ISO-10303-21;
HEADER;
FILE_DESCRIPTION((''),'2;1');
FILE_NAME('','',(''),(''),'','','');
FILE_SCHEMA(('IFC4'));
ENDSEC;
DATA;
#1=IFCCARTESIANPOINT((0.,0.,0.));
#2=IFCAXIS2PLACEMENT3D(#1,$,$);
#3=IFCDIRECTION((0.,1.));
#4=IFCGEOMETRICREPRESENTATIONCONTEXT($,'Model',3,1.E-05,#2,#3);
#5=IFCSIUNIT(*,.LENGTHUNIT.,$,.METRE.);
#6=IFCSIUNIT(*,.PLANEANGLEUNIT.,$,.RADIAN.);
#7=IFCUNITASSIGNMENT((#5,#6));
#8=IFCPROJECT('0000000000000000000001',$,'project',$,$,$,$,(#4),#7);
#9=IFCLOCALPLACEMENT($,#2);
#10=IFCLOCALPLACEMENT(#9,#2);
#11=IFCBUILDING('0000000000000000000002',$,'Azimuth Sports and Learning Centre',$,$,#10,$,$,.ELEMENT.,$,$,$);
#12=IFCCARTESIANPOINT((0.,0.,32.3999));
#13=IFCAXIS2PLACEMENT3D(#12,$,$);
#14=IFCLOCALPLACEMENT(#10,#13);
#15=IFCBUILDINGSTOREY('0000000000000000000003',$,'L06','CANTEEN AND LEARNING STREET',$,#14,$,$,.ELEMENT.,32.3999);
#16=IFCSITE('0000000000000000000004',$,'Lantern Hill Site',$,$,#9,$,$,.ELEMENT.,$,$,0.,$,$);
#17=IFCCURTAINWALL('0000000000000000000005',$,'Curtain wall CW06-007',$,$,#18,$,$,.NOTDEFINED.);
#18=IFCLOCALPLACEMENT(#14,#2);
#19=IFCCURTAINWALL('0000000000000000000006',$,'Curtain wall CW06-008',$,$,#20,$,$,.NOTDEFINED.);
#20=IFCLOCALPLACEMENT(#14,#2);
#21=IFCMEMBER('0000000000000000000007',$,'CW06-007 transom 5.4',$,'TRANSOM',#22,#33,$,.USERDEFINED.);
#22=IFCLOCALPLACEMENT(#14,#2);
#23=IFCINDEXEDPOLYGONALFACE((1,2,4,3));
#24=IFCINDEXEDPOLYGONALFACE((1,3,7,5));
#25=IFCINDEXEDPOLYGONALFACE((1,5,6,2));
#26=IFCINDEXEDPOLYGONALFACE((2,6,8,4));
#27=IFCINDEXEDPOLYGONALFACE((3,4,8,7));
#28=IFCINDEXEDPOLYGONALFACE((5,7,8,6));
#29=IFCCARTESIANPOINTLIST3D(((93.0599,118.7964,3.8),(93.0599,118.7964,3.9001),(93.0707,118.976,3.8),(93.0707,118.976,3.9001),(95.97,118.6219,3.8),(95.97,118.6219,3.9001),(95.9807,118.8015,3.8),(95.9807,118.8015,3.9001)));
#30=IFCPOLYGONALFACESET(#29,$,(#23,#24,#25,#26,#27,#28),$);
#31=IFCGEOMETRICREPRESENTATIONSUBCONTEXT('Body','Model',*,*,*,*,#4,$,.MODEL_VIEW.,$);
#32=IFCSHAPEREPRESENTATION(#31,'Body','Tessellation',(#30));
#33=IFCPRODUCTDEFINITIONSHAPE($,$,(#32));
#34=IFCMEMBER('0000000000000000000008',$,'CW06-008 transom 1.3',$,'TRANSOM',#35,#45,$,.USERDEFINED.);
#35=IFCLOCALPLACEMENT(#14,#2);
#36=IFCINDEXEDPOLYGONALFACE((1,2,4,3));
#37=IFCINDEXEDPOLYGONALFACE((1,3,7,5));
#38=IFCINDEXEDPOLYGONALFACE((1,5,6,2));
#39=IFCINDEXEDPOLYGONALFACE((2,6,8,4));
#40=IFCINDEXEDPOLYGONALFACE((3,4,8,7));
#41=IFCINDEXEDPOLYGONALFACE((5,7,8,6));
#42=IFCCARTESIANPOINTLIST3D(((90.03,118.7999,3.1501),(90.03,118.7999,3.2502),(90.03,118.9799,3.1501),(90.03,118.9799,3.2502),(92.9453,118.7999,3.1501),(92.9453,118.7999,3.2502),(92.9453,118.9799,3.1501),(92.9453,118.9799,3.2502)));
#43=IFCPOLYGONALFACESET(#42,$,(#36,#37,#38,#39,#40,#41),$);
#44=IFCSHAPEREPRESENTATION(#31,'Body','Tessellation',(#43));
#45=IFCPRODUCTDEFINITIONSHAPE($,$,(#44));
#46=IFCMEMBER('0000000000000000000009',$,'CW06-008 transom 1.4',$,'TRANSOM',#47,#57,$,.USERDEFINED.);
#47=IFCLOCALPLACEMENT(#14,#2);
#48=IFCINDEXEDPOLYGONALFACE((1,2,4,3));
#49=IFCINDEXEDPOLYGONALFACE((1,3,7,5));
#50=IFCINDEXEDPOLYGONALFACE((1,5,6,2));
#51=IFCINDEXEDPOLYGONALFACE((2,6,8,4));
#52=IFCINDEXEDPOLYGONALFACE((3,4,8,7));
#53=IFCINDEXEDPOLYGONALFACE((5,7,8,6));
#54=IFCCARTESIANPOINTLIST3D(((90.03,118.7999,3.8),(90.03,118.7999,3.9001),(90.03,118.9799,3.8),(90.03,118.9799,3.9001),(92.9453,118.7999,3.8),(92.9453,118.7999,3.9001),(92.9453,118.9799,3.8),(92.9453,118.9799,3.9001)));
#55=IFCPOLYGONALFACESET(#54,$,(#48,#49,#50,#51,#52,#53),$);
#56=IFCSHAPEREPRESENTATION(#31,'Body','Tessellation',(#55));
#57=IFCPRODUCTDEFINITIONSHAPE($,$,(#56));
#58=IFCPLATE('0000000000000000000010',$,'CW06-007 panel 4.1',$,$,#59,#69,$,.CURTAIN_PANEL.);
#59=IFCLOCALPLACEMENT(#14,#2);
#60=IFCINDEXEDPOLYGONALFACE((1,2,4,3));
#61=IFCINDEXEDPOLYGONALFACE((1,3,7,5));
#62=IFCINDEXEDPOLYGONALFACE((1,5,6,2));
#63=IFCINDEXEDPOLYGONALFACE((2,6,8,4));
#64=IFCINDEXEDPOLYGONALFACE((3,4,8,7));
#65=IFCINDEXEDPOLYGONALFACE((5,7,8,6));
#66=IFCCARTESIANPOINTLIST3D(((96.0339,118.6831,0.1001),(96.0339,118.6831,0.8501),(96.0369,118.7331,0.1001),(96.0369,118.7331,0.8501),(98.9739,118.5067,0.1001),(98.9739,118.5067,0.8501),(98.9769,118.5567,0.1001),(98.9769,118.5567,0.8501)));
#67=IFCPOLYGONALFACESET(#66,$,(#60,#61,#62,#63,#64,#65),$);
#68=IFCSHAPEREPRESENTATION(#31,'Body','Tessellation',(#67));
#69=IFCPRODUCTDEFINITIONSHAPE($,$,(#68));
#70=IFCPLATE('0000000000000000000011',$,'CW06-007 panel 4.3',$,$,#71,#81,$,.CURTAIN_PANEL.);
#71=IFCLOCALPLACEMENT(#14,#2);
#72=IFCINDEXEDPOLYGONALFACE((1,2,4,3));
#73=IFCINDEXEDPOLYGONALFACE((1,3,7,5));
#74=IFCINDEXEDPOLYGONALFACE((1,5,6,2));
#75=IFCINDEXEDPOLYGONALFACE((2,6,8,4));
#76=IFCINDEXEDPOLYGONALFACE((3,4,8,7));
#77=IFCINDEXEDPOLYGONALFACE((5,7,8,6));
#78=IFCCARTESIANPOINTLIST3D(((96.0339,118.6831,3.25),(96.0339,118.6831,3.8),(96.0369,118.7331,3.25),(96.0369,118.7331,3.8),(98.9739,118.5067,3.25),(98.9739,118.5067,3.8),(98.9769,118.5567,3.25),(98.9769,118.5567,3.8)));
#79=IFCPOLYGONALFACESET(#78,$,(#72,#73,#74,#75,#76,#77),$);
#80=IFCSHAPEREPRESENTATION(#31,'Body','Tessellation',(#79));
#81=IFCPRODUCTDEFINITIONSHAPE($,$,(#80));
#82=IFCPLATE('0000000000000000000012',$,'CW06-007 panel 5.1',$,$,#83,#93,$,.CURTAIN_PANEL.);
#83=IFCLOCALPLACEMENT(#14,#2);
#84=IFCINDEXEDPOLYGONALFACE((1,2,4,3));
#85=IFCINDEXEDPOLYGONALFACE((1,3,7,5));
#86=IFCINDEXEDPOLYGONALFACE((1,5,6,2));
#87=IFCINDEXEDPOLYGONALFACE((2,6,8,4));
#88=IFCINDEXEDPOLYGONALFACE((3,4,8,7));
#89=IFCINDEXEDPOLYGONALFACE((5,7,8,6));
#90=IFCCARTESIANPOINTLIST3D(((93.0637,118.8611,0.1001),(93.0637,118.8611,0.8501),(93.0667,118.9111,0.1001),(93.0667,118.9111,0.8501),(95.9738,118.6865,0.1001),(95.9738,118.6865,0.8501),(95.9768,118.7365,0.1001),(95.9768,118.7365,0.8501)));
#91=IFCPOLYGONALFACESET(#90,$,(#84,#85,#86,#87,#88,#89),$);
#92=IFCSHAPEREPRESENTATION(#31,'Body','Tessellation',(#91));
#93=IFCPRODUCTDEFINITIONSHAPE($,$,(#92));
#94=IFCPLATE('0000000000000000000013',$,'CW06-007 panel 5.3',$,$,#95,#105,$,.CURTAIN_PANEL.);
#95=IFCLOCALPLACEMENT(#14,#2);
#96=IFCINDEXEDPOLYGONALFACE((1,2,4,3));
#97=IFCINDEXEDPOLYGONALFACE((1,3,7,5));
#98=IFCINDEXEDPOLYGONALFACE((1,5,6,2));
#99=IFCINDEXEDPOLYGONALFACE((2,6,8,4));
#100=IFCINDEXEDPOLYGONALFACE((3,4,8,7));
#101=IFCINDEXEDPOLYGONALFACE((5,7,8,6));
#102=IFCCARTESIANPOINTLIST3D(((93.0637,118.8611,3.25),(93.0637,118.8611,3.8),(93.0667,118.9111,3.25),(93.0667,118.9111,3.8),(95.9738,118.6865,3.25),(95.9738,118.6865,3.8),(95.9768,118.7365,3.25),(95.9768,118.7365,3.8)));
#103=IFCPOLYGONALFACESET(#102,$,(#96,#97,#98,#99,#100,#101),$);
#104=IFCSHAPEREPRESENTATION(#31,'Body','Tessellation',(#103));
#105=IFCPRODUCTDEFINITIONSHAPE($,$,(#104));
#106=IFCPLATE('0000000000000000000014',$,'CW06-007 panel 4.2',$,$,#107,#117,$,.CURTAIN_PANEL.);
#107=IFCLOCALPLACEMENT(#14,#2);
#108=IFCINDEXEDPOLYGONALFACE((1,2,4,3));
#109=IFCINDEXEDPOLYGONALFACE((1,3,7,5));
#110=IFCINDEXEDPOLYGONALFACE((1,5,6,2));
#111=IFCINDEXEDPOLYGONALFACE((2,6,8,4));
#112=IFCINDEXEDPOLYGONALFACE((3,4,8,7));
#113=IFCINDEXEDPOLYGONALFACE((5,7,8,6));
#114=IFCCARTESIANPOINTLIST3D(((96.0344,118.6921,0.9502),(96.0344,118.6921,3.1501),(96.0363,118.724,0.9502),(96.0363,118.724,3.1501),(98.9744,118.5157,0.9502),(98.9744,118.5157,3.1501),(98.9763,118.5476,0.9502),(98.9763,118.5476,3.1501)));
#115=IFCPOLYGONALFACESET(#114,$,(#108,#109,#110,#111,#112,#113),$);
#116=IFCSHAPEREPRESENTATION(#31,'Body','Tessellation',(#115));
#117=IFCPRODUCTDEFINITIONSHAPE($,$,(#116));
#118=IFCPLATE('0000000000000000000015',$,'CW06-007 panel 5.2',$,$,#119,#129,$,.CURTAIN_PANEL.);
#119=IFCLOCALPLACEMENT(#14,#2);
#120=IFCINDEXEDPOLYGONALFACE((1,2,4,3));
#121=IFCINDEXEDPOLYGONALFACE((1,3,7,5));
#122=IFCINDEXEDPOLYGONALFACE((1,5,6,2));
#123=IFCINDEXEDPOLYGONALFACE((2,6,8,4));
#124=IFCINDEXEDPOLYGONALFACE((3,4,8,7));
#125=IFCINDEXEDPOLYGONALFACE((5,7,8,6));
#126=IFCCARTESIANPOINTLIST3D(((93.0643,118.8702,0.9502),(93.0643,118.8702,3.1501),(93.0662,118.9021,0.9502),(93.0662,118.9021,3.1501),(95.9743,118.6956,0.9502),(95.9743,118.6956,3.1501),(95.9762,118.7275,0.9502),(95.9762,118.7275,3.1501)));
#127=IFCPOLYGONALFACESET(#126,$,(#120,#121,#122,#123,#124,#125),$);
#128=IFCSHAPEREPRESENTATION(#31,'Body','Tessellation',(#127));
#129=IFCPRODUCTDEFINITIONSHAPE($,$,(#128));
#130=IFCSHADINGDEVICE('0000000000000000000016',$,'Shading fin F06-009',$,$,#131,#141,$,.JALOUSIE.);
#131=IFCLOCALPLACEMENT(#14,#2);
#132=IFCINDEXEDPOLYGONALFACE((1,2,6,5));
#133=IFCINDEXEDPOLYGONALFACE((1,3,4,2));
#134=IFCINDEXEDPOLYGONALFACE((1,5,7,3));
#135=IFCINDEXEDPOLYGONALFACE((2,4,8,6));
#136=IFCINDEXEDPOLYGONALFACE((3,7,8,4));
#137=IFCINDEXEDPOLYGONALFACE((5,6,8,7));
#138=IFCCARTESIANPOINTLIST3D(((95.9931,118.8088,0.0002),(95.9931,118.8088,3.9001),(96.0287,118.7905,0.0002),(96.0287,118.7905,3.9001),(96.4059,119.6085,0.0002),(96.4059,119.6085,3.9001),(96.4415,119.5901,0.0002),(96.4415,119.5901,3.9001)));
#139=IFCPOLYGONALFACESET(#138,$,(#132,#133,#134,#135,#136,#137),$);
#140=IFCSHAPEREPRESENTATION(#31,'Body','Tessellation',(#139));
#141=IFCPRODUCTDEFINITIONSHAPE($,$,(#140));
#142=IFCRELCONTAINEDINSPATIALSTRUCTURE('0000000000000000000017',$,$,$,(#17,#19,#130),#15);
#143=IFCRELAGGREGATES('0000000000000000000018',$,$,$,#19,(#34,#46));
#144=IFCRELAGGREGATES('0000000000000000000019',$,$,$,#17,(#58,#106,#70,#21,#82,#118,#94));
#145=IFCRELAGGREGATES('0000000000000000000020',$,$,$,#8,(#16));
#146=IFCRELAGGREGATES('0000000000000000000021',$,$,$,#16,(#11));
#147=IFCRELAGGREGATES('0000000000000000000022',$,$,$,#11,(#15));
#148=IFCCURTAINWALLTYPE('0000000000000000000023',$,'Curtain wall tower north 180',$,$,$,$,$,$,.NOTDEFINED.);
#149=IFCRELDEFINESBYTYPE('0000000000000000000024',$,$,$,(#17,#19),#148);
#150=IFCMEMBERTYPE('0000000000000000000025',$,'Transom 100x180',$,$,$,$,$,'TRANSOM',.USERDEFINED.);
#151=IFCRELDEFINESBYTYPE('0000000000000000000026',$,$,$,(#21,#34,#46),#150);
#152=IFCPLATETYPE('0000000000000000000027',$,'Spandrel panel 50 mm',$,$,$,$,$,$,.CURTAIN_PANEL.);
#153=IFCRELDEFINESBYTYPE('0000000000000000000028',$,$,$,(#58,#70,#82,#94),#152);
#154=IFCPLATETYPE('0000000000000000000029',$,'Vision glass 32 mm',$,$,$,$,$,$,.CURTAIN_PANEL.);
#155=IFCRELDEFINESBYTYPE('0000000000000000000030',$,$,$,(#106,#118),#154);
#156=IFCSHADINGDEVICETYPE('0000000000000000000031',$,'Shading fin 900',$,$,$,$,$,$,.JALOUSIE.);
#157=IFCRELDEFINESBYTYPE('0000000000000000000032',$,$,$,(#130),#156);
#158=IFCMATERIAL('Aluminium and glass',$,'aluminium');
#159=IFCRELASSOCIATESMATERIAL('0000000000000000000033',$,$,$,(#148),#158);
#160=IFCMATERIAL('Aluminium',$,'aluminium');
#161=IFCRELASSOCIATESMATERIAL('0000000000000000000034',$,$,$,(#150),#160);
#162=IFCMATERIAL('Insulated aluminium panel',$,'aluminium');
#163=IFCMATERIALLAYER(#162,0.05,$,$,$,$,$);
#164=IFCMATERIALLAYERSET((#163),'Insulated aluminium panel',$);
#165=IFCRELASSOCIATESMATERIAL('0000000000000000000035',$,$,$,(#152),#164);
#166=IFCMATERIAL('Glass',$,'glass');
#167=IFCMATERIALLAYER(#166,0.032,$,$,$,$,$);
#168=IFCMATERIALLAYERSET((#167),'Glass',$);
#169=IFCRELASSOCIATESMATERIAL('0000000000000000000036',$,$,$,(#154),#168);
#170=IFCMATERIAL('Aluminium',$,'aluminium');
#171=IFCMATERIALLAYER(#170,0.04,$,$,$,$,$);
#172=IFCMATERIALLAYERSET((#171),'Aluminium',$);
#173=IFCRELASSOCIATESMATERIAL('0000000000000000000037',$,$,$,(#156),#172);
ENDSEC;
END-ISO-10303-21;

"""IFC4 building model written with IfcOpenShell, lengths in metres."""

from ifc_helpers import new_model, si_unit, direction, frame, origin, origin_2d, place, context, subcontext, project, spatial, rectangle, extrude, material, layer, layer_set, material_profile, profile_set, type_object, element, aggregate, save


model = new_model("IFC4")

# Units and contexts
model_context = context("Model", 3, precision=1e-05, world=origin(), true_north=direction((0.0, 1.0)))
body_context = subcontext(model_context, "Body", "Model", "MODEL_VIEW")
ifc_project = project(units=[si_unit("LENGTHUNIT", "METRE"), si_unit("PLANEANGLEUNIT", "RADIAN")], contexts=[model_context])

# Site, building, storey
site_placement = place(None, origin())
site = spatial("IfcSite", under=ifc_project, at=site_placement, Name="Lantern Hill Site", CompositionType="ELEMENT", RefElevation=0.0)
building_placement = place(site_placement, origin())
building = spatial("IfcBuilding", under=site, at=building_placement, Name="Azimuth Sports and Learning Centre", CompositionType="ELEMENT")
storey_placement = place(building_placement, frame((0.0, 0.0, 32.3999)))
storey = spatial("IfcBuildingStorey", under=building, at=storey_placement, Name="L06", Description="CANTEEN AND LEARNING STREET", CompositionType="ELEMENT", Elevation=32.3999)

# Curtain wall
ifc_material_1 = material(Name="Aluminium and glass", Category="aluminium")
curtain_wall_type = type_object("IfcCurtainWallType", Name="Curtain wall tower north 180", PredefinedType="NOTDEFINED", material=ifc_material_1)
curtain_wall_1_placement = place(storey_placement, origin())
curtain_wall_1 = element("IfcCurtainWall", 1, at=curtain_wall_1_placement, inside=storey, type_object=curtain_wall_type, Name="Curtain wall CW06-007", PredefinedType="NOTDEFINED")

# Curtain wall
curtain_wall_2_placement = place(storey_placement, origin())
curtain_wall_2 = element("IfcCurtainWall", 2, at=curtain_wall_2_placement, inside=storey, type_object=curtain_wall_type, Name="Curtain wall CW06-008", PredefinedType="NOTDEFINED")

# Members
ifc_material_2 = material(Name="Aluminium", Category="aluminium")
ifc_material_profile_1 = material_profile(ifc_material_2, rectangle(XDim=0.1799, YDim=0.1001, at=origin_2d()), Name="Transom 100x180")
ifc_profile_set_1 = profile_set([ifc_material_profile_1], Name="Aluminium")
member_type_1 = type_object("IfcMemberType", Name="Transom 100x180", ElementType="TRANSOM", PredefinedType="USERDEFINED", material=ifc_profile_set_1)
member_1_placement = place(storey_placement, frame((95.9753, 118.7117, 3.8501), z_axis=(-0.998206, 0.059876, 0.0), x_axis=(-0.059876, -0.998206, 0.0)))
member_1 = element("IfcMember", 3, at=member_1_placement, type_object=member_type_1, Name="CW06-007 transom 5.4", ObjectType="TRANSOM", PredefinedType="USERDEFINED", context=body_context, shape_type="SweptSolid", body=[
    extrude(rectangle(XDim=0.1799, YDim=0.1001, at=origin_2d()), origin(), (0.0, 0.0, 1.0), 2.9153),
])
member_2_placement = place(storey_placement, frame((92.9453, 118.8899, 3.2002), z_axis=(-1.0, 0.0, 0.0), x_axis=(0.0, -1.0, 0.0)))
member_2 = element("IfcMember", 4, at=member_2_placement, type_object=member_type_1, Name="CW06-008 transom 1.3", ObjectType="TRANSOM", PredefinedType="USERDEFINED", context=body_context, shape_type="SweptSolid", body=[
    extrude(rectangle(XDim=0.1799, YDim=0.1001, at=origin_2d()), origin(), (0.0, 0.0, 1.0), 2.9153),
])
member_3_placement = place(storey_placement, frame((92.9453, 118.8899, 3.8501), z_axis=(-1.0, 0.0, 0.0), x_axis=(0.0, -1.0, 0.0)))
member_3 = element("IfcMember", 5, at=member_3_placement, type_object=member_type_1, Name="CW06-008 transom 1.4", ObjectType="TRANSOM", PredefinedType="USERDEFINED", context=body_context, shape_type="SweptSolid", body=[
    extrude(rectangle(XDim=0.1799, YDim=0.1001, at=origin_2d()), origin(), (0.0, 0.0, 1.0), 2.9153),
])
aggregate(curtain_wall_2, [member_2, member_3])

# Plates
ifc_material_3 = material(Name="Insulated aluminium panel", Category="aluminium")
ifc_layer_1 = layer(ifc_material_3, 0.05)
ifc_layer_set_1 = layer_set([ifc_layer_1], Name="Insulated aluminium panel")
plate_type_1 = type_object("IfcPlateType", Name="Spandrel panel 50 mm", PredefinedType="CURTAIN_PANEL", material=ifc_layer_set_1)
plate_1_placement = place(storey_placement, frame((97.5054, 118.6199, 0.1001), z_axis=(0.0, 0.0, 1.0), x_axis=(-0.998205, 0.059892, 0.0)))
plate_1 = element("IfcPlate", 6, at=plate_1_placement, type_object=plate_type_1, Name="CW06-007 panel 4.1", PredefinedType="CURTAIN_PANEL", context=body_context, shape_type="SweptSolid", body=[
    extrude(rectangle(XDim=2.9453, YDim=0.05, at=origin_2d()), origin(), (0.0, 0.0, 1.0), 0.75),
])
plate_2_placement = place(storey_placement, frame((97.5054, 118.6199, 3.25), z_axis=(0.0, 0.0, 1.0), x_axis=(-0.998205, 0.059892, 0.0)))
plate_2 = element("IfcPlate", 7, at=plate_2_placement, type_object=plate_type_1, Name="CW06-007 panel 4.3", PredefinedType="CURTAIN_PANEL", context=body_context, shape_type="SweptSolid", body=[
    extrude(rectangle(XDim=2.9453, YDim=0.05, at=origin_2d()), origin(), (0.0, 0.0, 1.0), 0.55),
])
plate_3_placement = place(storey_placement, frame((94.5203, 118.7988, 0.1001), z_axis=(0.0, 0.0, 1.0), x_axis=(-0.998205, 0.059892, 0.0)))
plate_3 = element("IfcPlate", 8, at=plate_3_placement, type_object=plate_type_1, Name="CW06-007 panel 5.1", PredefinedType="CURTAIN_PANEL", context=body_context, shape_type="SweptSolid", body=[
    extrude(rectangle(XDim=2.9153, YDim=0.05, at=origin_2d()), origin(), (0.0, 0.0, 1.0), 0.75),
])
plate_4_placement = place(storey_placement, frame((94.5203, 118.7988, 3.25), z_axis=(0.0, 0.0, 1.0), x_axis=(-0.998205, 0.059892, 0.0)))
plate_4 = element("IfcPlate", 9, at=plate_4_placement, type_object=plate_type_1, Name="CW06-007 panel 5.3", PredefinedType="CURTAIN_PANEL", context=body_context, shape_type="SweptSolid", body=[
    extrude(rectangle(XDim=2.9153, YDim=0.05, at=origin_2d()), origin(), (0.0, 0.0, 1.0), 0.55),
])
ifc_material_4 = material(Name="Glass", Category="glass")
ifc_layer_2 = layer(ifc_material_4, 0.032)
ifc_layer_set_2 = layer_set([ifc_layer_2], Name="Glass")
plate_type_2 = type_object("IfcPlateType", Name="Vision glass 32 mm", PredefinedType="CURTAIN_PANEL", material=ifc_layer_set_2)
plate_5_placement = place(storey_placement, frame((97.5054, 118.6199, 0.9502), z_axis=(0.0, 0.0, 1.0), x_axis=(-0.998205, 0.059892, 0.0)))
plate_5 = element("IfcPlate", 10, at=plate_5_placement, type_object=plate_type_2, Name="CW06-007 panel 4.2", PredefinedType="CURTAIN_PANEL", context=body_context, shape_type="SweptSolid", body=[
    extrude(rectangle(XDim=2.9453, YDim=0.032, at=origin_2d()), origin(), (0.0, 0.0, 1.0), 2.2),
])
plate_6_placement = place(storey_placement, frame((94.5203, 118.7988, 0.9502), z_axis=(0.0, 0.0, 1.0), x_axis=(-0.998205, 0.059892, 0.0)))
plate_6 = element("IfcPlate", 11, at=plate_6_placement, type_object=plate_type_2, Name="CW06-007 panel 5.2", PredefinedType="CURTAIN_PANEL", context=body_context, shape_type="SweptSolid", body=[
    extrude(rectangle(XDim=2.9153, YDim=0.032, at=origin_2d()), origin(), (0.0, 0.0, 1.0), 2.2),
])
aggregate(curtain_wall_1, [plate_1, plate_5, plate_2, member_1, plate_3, plate_6, plate_4])

# Shading device
ifc_material_5 = material(Name="Aluminium", Category="aluminium")
ifc_layer_3 = layer(ifc_material_5, 0.04)
ifc_layer_set_3 = layer_set([ifc_layer_3], Name="Aluminium")
shading_device_type = type_object("IfcShadingDeviceType", Name="Shading fin 900", PredefinedType="JALOUSIE", material=ifc_layer_set_3)
shading_device_placement = place(storey_placement, frame((96.2173, 119.1995, 0.0002), z_axis=(0.0, 0.0, 1.0), x_axis=(0.458683, 0.8886, 0.0)))
element("IfcShadingDevice", 12, at=shading_device_placement, inside=storey, type_object=shading_device_type, Name="Shading fin F06-009", PredefinedType="JALOUSIE", context=body_context, shape_type="SweptSolid", body=[
    extrude(rectangle(XDim=0.8999, YDim=0.04, at=origin_2d()), origin(), (0.0, 0.0, 1.0), 3.8999),
])

save(model, "model.ifc")
